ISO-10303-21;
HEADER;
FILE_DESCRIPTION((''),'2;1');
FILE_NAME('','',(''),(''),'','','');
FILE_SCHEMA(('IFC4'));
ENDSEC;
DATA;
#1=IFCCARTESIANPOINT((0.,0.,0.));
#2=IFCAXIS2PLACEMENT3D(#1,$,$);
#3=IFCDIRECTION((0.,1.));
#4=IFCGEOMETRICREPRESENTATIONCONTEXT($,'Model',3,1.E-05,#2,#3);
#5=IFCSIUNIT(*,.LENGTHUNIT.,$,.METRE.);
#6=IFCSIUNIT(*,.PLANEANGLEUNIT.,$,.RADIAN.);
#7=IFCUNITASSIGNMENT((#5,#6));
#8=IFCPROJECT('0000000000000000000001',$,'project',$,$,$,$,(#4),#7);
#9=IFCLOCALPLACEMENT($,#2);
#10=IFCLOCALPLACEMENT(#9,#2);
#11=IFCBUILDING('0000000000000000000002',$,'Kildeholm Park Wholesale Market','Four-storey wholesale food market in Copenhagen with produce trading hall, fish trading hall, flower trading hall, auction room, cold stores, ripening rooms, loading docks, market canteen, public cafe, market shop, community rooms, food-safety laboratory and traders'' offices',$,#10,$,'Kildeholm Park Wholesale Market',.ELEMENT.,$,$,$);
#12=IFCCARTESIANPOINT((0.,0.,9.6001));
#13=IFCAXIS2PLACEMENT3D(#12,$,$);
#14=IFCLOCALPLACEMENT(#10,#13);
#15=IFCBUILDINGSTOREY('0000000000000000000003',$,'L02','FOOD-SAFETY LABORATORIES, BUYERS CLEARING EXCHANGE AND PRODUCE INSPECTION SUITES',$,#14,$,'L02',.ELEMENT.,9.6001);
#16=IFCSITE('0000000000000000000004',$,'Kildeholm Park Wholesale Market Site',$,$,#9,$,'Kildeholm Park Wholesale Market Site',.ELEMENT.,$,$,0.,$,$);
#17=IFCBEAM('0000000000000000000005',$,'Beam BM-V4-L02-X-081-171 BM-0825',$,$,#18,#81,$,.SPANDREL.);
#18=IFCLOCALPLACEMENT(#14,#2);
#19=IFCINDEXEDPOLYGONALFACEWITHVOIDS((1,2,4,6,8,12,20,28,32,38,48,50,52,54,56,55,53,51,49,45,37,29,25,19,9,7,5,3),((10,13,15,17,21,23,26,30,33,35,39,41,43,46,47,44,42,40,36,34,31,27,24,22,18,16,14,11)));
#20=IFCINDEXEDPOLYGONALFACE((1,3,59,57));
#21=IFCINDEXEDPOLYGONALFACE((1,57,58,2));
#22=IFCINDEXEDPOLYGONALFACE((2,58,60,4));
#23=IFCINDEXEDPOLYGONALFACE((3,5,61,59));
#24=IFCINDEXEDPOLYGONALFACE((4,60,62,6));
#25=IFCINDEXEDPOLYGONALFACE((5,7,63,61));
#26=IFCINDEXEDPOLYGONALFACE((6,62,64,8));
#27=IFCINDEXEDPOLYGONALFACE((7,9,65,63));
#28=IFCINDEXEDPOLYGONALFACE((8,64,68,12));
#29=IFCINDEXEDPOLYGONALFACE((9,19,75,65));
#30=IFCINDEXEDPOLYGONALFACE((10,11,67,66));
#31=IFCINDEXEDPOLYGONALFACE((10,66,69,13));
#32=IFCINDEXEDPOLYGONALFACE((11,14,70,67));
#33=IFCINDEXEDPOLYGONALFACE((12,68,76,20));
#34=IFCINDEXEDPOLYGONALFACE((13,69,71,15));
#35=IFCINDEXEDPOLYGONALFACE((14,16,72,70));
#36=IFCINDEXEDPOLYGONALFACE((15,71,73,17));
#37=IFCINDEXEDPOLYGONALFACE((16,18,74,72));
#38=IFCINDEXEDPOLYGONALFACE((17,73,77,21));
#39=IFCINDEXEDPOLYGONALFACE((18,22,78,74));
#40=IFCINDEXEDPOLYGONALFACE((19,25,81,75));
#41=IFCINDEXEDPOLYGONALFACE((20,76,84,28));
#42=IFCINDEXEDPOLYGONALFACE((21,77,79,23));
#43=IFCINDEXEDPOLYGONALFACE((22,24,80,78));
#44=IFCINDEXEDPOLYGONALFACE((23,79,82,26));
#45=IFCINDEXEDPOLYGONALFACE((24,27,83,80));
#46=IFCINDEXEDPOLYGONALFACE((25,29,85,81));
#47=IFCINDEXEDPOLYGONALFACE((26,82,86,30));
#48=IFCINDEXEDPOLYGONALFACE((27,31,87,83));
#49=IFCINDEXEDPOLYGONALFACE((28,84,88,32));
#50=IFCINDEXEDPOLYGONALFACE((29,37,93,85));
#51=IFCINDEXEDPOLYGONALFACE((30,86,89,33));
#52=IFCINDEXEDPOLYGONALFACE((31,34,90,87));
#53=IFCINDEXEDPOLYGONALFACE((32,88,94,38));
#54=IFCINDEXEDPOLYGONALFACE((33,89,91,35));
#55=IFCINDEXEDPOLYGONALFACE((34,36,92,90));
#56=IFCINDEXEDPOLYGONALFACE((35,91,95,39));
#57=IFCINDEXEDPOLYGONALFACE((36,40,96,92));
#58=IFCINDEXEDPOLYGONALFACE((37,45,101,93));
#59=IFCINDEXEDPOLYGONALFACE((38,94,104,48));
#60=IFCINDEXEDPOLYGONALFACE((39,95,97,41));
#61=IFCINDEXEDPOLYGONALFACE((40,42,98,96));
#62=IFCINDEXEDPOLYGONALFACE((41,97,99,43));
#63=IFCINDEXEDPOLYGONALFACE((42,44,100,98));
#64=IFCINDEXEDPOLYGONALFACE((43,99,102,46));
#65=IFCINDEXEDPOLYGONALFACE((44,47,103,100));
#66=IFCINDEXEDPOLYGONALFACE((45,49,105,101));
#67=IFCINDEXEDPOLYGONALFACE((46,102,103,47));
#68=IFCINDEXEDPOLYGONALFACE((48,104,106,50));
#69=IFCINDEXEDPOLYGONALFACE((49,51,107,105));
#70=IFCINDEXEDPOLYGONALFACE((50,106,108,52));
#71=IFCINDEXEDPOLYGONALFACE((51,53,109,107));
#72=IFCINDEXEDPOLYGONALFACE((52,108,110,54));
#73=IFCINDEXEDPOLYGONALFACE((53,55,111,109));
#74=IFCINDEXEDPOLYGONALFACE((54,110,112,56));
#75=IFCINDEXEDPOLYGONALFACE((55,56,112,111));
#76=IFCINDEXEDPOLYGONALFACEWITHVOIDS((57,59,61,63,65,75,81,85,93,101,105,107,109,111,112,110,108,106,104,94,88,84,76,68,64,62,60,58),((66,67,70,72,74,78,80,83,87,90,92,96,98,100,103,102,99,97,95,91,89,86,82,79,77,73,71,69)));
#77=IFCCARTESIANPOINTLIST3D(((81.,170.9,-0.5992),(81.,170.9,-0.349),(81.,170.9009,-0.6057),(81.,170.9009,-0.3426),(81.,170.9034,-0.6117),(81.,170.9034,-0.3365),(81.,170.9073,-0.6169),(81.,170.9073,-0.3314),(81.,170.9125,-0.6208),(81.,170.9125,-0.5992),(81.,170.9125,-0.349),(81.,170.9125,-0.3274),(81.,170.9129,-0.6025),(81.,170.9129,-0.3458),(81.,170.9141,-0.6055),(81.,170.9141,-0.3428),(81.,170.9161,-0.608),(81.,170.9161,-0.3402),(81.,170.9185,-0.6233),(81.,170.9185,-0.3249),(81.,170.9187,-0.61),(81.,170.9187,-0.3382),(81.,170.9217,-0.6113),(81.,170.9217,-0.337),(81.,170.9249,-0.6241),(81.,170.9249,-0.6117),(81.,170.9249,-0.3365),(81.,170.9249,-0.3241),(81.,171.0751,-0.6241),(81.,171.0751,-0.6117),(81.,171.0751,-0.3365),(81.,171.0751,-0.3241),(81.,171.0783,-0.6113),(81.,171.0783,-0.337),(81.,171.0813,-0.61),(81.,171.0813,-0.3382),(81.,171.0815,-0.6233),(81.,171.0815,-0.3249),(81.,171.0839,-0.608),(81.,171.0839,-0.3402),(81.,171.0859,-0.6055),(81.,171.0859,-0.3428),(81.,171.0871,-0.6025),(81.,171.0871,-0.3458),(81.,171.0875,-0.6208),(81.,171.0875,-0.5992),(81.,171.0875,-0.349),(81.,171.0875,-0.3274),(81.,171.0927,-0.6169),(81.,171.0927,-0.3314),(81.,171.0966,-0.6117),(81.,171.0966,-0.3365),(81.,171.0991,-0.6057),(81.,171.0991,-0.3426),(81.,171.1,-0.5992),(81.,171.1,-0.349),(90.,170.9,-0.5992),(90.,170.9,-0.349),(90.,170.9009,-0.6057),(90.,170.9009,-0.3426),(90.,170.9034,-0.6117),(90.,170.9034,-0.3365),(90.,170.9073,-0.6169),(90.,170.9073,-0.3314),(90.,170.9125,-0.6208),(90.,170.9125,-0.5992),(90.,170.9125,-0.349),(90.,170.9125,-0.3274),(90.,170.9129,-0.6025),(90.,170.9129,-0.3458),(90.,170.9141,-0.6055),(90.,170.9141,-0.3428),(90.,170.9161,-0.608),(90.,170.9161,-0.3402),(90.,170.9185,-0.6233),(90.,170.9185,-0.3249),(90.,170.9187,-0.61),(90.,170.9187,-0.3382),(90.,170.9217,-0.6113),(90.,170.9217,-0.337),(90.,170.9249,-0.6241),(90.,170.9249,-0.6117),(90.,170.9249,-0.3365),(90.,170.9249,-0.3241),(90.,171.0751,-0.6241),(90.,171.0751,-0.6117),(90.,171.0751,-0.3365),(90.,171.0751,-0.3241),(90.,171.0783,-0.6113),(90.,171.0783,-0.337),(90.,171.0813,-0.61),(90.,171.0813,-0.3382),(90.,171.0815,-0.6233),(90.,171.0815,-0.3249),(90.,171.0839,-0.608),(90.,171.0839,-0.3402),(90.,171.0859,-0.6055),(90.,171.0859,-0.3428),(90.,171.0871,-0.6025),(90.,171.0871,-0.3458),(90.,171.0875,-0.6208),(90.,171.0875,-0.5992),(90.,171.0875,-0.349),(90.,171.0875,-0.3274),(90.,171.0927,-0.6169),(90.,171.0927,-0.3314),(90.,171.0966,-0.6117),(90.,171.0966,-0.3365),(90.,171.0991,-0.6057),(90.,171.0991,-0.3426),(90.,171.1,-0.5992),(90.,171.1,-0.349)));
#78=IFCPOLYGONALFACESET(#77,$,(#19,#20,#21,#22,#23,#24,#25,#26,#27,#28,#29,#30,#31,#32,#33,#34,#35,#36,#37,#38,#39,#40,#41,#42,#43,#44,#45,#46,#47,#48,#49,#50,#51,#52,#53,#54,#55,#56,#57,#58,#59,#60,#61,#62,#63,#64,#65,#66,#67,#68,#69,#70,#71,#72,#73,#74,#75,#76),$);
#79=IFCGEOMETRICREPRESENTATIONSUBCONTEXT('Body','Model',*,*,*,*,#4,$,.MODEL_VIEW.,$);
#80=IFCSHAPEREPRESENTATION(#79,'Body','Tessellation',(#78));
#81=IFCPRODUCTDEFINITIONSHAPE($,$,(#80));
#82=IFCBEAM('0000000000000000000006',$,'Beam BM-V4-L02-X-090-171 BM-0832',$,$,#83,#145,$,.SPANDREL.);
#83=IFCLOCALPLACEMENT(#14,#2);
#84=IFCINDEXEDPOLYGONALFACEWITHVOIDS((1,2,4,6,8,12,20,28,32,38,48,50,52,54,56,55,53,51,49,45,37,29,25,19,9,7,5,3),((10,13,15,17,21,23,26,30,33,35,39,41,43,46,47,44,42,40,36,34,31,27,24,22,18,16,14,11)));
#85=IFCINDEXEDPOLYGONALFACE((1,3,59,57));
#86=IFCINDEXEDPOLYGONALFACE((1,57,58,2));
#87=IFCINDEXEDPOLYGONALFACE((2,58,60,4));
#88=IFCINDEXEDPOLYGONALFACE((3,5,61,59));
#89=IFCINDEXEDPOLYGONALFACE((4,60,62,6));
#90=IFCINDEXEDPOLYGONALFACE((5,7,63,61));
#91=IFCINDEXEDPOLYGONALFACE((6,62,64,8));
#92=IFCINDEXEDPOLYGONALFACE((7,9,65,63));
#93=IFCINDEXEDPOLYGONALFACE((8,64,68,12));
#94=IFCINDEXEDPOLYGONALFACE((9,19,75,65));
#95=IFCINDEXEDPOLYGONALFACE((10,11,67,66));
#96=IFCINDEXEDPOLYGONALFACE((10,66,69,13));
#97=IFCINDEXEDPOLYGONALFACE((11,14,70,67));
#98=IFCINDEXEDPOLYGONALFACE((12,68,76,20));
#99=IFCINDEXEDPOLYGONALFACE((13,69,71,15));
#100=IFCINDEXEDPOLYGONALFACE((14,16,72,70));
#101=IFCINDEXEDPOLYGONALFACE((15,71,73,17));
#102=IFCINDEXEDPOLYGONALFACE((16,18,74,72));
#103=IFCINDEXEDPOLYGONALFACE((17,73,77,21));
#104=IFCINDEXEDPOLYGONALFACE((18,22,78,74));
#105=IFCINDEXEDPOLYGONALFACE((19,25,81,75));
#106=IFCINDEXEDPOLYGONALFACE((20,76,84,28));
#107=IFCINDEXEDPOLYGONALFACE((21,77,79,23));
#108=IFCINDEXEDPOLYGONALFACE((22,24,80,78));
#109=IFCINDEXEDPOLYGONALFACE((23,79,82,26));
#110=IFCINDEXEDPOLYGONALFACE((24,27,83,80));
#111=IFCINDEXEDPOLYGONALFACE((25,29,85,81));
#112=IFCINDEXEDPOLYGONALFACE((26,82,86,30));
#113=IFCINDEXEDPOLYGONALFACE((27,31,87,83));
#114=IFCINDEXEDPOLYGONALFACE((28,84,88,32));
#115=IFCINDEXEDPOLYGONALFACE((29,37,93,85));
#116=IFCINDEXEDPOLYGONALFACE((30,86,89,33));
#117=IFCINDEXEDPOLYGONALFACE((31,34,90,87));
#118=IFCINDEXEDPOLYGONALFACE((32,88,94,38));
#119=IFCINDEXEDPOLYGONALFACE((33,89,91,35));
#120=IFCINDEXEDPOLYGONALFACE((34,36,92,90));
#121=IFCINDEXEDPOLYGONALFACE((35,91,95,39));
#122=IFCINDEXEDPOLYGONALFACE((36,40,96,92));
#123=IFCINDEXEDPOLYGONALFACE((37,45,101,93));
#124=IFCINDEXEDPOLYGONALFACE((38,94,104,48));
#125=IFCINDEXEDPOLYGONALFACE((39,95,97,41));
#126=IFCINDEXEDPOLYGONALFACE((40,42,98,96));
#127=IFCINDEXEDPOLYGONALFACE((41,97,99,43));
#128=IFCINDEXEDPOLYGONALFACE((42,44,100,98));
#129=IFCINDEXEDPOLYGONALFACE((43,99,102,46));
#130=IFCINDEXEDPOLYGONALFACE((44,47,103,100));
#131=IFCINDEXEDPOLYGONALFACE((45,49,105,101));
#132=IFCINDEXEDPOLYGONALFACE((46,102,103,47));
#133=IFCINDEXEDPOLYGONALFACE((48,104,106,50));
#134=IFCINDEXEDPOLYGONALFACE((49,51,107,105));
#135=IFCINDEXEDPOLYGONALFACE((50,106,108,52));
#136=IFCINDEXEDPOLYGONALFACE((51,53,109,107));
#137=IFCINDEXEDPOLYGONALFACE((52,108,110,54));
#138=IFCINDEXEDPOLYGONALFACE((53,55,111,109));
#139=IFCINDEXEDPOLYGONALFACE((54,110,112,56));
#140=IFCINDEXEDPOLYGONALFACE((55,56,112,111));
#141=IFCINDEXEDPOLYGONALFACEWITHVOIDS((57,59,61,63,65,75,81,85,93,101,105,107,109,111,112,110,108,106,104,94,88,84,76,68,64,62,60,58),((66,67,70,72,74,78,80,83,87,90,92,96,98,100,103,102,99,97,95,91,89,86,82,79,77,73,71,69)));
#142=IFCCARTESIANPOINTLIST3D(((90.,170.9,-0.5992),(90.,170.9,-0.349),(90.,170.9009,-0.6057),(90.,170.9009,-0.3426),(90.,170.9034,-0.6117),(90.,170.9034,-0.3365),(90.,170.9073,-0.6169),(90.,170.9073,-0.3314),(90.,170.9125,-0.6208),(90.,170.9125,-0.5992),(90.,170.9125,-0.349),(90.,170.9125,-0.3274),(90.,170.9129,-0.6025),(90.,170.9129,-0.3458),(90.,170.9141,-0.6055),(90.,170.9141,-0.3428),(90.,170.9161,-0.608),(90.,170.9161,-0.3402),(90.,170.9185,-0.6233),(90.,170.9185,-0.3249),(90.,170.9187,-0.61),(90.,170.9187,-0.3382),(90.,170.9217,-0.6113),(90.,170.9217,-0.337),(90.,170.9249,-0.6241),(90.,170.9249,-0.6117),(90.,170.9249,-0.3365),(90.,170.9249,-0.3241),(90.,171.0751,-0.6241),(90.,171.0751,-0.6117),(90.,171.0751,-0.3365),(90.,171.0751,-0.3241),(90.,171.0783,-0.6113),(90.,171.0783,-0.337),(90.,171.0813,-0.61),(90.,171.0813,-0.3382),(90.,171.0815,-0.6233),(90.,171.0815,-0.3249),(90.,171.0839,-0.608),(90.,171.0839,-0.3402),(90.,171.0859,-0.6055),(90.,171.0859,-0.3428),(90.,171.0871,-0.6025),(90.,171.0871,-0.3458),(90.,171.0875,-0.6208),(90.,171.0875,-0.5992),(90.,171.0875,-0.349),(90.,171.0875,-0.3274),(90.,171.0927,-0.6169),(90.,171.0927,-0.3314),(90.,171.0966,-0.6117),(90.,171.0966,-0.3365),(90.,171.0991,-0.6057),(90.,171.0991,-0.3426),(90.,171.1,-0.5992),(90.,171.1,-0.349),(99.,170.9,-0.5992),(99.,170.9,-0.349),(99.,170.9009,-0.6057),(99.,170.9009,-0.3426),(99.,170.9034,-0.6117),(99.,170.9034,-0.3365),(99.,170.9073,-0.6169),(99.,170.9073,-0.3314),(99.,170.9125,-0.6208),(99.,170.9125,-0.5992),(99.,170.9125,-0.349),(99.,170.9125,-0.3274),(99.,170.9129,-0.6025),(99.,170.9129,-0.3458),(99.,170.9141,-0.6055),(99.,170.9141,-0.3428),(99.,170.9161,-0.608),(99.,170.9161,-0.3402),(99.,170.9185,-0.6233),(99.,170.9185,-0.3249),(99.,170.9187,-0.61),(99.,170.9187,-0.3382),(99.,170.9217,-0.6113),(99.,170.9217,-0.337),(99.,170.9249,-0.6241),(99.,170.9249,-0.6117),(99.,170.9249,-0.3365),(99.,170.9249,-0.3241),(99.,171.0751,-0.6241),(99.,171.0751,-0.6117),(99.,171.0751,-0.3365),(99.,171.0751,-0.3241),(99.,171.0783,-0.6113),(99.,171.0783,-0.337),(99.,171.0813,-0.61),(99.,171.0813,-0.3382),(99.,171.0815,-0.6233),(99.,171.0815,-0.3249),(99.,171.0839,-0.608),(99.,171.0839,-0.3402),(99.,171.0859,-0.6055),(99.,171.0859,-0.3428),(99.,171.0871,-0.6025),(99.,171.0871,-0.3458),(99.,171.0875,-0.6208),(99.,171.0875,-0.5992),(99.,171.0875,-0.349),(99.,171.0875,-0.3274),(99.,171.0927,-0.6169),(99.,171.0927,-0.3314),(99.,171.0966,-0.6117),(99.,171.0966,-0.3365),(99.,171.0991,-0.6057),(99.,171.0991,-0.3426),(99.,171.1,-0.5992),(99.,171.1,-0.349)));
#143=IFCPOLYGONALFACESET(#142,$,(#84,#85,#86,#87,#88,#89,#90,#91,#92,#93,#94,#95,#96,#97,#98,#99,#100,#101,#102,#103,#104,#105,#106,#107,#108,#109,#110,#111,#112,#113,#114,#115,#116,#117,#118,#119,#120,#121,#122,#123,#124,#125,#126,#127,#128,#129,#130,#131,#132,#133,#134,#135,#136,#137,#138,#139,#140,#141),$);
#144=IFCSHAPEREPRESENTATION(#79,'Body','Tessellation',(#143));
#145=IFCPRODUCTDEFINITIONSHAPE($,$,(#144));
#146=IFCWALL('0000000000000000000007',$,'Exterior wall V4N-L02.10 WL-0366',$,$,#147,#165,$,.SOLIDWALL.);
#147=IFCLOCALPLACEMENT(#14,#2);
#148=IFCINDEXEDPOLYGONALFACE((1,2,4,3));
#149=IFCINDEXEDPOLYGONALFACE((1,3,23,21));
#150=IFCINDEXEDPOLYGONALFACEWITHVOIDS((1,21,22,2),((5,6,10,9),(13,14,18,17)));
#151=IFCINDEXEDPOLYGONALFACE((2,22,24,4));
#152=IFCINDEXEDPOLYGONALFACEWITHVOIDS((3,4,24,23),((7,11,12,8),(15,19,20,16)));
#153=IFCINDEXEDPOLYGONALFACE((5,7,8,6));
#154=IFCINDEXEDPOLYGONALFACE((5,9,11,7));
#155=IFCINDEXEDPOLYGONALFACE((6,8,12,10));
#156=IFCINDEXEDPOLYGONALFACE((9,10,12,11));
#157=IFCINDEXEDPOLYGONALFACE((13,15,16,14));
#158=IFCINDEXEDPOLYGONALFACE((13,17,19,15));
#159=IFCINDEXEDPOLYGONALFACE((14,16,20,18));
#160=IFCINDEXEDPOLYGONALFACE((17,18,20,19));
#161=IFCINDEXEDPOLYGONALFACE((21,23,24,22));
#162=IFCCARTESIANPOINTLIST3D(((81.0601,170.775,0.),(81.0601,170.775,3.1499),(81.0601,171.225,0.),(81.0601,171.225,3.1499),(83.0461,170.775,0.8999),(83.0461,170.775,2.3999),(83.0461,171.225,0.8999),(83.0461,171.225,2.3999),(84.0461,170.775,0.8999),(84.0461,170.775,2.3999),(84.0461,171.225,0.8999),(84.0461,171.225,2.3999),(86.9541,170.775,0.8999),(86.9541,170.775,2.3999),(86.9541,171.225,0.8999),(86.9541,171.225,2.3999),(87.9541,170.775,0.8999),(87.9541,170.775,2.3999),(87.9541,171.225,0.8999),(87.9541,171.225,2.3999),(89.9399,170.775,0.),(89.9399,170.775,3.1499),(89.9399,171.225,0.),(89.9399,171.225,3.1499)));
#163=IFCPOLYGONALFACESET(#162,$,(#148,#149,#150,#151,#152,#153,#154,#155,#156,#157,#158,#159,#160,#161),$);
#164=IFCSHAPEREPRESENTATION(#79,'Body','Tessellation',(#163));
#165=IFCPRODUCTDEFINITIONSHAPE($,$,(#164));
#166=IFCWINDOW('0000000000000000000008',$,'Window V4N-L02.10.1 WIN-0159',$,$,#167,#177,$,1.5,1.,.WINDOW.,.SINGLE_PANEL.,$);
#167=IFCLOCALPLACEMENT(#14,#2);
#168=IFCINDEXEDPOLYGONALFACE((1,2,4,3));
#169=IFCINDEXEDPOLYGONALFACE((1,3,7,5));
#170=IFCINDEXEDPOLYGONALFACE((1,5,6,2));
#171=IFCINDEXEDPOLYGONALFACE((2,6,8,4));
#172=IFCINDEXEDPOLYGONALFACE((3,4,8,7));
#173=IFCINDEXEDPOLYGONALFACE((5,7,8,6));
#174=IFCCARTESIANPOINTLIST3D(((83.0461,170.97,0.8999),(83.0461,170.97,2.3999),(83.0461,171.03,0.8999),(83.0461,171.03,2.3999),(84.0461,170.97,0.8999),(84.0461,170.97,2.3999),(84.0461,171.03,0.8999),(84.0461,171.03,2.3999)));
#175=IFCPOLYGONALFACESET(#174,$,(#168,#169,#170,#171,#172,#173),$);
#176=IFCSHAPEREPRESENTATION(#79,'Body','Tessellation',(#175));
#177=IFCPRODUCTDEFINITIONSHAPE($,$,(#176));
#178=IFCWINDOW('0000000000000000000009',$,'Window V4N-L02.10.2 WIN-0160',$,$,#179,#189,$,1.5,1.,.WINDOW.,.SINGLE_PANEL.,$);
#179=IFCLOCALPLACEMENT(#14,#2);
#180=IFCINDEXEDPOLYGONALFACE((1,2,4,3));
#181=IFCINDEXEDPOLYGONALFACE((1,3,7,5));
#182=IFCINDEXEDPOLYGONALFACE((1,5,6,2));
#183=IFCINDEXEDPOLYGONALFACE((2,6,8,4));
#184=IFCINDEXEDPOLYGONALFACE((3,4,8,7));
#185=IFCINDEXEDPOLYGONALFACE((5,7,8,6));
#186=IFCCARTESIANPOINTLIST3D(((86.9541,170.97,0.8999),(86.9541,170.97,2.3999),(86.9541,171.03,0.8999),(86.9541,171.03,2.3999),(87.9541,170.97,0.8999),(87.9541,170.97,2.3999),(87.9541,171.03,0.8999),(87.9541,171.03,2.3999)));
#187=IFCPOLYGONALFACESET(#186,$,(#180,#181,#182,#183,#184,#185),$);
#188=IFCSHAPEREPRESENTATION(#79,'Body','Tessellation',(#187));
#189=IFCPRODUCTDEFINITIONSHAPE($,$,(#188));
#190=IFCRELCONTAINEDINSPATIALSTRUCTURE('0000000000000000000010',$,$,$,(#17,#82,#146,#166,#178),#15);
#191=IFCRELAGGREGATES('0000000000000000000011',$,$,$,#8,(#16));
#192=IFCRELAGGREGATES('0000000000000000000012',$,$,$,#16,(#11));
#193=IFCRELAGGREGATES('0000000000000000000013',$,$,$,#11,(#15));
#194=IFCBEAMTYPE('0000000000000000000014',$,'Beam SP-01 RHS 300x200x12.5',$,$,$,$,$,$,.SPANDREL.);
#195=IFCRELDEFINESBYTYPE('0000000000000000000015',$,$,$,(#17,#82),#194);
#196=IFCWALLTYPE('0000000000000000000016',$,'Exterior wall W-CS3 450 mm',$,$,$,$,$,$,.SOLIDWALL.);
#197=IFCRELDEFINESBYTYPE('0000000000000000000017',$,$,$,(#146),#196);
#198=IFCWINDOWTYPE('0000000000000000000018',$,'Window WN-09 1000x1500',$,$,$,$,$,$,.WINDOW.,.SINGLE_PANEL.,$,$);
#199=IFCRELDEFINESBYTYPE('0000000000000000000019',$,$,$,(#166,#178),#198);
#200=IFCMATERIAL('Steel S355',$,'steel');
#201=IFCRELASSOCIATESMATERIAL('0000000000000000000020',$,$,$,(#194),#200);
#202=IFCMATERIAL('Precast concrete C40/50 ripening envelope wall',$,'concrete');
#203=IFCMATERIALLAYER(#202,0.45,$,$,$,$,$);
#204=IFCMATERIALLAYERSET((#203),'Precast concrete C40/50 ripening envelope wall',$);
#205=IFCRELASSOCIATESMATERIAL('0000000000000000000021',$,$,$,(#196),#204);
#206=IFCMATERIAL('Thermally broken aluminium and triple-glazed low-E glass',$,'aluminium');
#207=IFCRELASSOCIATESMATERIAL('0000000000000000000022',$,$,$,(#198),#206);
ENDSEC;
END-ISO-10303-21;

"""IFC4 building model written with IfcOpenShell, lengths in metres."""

from ifc_helpers import new_model, si_unit, direction, frame, frame_2d, origin, origin_2d, place, context, subcontext, project, spatial, rectangle, hollow_rectangle, extrude, material, layer, layer_set, material_profile, profile_set, type_object, element, fill, save


model = new_model("IFC4")

# Units and contexts
model_context = context("Model", 3, precision=1e-05, world=origin(), true_north=direction((0.0, 1.0)))
body_context = subcontext(model_context, "Body", "Model", "MODEL_VIEW")
ifc_project = project(units=[si_unit("LENGTHUNIT", "METRE"), si_unit("PLANEANGLEUNIT", "RADIAN")], contexts=[model_context])

# Site, building, storey
site_placement = place(None, origin())
site = spatial("IfcSite", under=ifc_project, at=site_placement, Name="Kildeholm Park Wholesale Market Site", LongName="Kildeholm Park Wholesale Market Site", CompositionType="ELEMENT", RefElevation=0.0)
building_placement = place(site_placement, origin())
building = spatial("IfcBuilding", under=site, at=building_placement, Name="Kildeholm Park Wholesale Market", Description="Four-storey wholesale food market in Copenhagen with produce trading hall, fish trading hall, flower trading hall, auction room, cold stores, ripening rooms, loading docks, market canteen, public cafe, market shop, community rooms, food-safety laboratory and traders' offices", LongName="Kildeholm Park Wholesale Market", CompositionType="ELEMENT")
storey_placement = place(building_placement, frame((0.0, 0.0, 9.6001)))
storey = spatial("IfcBuildingStorey", under=building, at=storey_placement, Name="L02", Description="FOOD-SAFETY LABORATORIES, BUYERS CLEARING EXCHANGE AND PRODUCE INSPECTION SUITES", LongName="L02", CompositionType="ELEMENT", Elevation=9.6001)

# Beams
ifc_material_1 = material(Name="Steel S355", Category="steel")
ifc_material_profile_1 = material_profile(ifc_material_1, hollow_rectangle(XDim=0.2, YDim=0.3, WallThickness=0.0125, InnerFilletRadius=0.0125, OuterFilletRadius=0.0249, at=origin_2d()), Name="RHS 300x200x12.5")
ifc_profile_set_1 = profile_set([ifc_material_profile_1], Name="Steel S355")
beam_type_1 = type_object("IfcBeamType", Name="Beam SP-01 RHS 300x200x12.5", PredefinedType="SPANDREL", material=ifc_profile_set_1)
for number, where, z_axis, x_axis, name in (
    (1, (81.0, 171.0, -0.4741), (1.0, 0.0, 0.0), (0.0, 1.0, 0.0), "Beam BM-V4-L02-X-081-171 BM-0825"),
    (2, (90.0, 171.0, -0.4741), (1.0, 0.0, 0.0), (0.0, 1.0, 0.0), "Beam BM-V4-L02-X-090-171 BM-0832"),
):
    element("IfcBeam", number, at=place(storey_placement, frame(where, z_axis=z_axis, x_axis=x_axis)), inside=storey, type_object=beam_type_1, Name=name, PredefinedType="SPANDREL", context=body_context, shape_type="SweptSolid", body=[
        extrude(hollow_rectangle(XDim=0.2, YDim=0.3, WallThickness=0.0125, InnerFilletRadius=0.0125, OuterFilletRadius=0.0249, at=origin_2d()), origin(), (0.0, 0.0, 1.0), 9.0),
    ])

# Wall, openings, windows
ifc_material_2 = material(Name="Precast concrete C40/50 ripening envelope wall", Category="concrete")
ifc_layer_1 = layer(ifc_material_2, 0.45)
ifc_layer_set_1 = layer_set([ifc_layer_1], Name="Precast concrete C40/50 ripening envelope wall")
wall_type_1 = type_object("IfcWallType", Name="Exterior wall W-CS3 450 mm", PredefinedType="SOLIDWALL", material=ifc_layer_set_1)
wall_1_placement = place(storey_placement, frame((81.0601, 171.0, 0.0), z_axis=(0.0, 0.0, 1.0), x_axis=(1.0, 0.0, 0.0)))
wall_1 = element("IfcWall", 3, at=wall_1_placement, inside=storey, type_object=wall_type_1, Name="Exterior wall V4N-L02.10 WL-0366", PredefinedType="SOLIDWALL", context=body_context, shape_type="SweptSolid", body=[
    extrude(rectangle(XDim=8.8799, YDim=0.45, at=frame_2d((4.4399, 0.0))), origin(), (0.0, 0.0, 1.0), 3.1499),
])
opening_1_placement = place(wall_1_placement, frame((1.9861, 0.0, 0.8999)))
opening_1 = element("IfcOpeningElement", 4, at=opening_1_placement, cuts=wall_1, PredefinedType="OPENING", context=body_context, shape_type="SweptSolid", body=[
    extrude(rectangle(XDim=1.0, YDim=1.5, at=frame_2d((0.5, 0.75))), frame((0.0, 0.2349, 0.0), z_axis=(0.0, -1.0, 0.0), x_axis=(1.0, 0.0, 0.0)), (0.0, 0.0, 1.0), 0.47),
])
opening_2_placement = place(wall_1_placement, frame((5.894, 0.0, 0.8999)))
opening_2 = element("IfcOpeningElement", 5, at=opening_2_placement, cuts=wall_1, PredefinedType="OPENING", context=body_context, shape_type="SweptSolid", body=[
    extrude(rectangle(XDim=1.0, YDim=1.5, at=frame_2d((0.5, 0.75))), frame((0.0, 0.2349, 0.0), z_axis=(0.0, -1.0, 0.0), x_axis=(1.0, 0.0, 0.0)), (0.0, 0.0, 1.0), 0.47),
])
ifc_material_3 = material(Name="Thermally broken aluminium and triple-glazed low-E glass", Category="aluminium")
window_type_1 = type_object("IfcWindowType", Name="Window WN-09 1000x1500", PartitioningType="SINGLE_PANEL", PredefinedType="WINDOW", material=ifc_material_3)
window_1_placement = place(opening_1_placement, origin())
window_1 = element("IfcWindow", 6, at=window_1_placement, inside=storey, type_object=window_type_1, Name="Window V4N-L02.10.1 WIN-0159", OverallHeight=1.5, OverallWidth=1.0, PartitioningType="SINGLE_PANEL", PredefinedType="WINDOW", context=body_context, shape_type="SweptSolid", body=[
    extrude(rectangle(XDim=1.0, YDim=1.5, at=frame_2d((0.5, 0.75))), frame((0.0, 0.03, 0.0), z_axis=(0.0, -1.0, 0.0), x_axis=(1.0, 0.0, 0.0)), (0.0, 0.0, 1.0), 0.0601),
])
fill(opening_1, window_1)
window_2_placement = place(opening_2_placement, origin())
window_2 = element("IfcWindow", 7, at=window_2_placement, inside=storey, type_object=window_type_1, Name="Window V4N-L02.10.2 WIN-0160", OverallHeight=1.5, OverallWidth=1.0, PartitioningType="SINGLE_PANEL", PredefinedType="WINDOW", context=body_context, shape_type="SweptSolid", body=[
    extrude(rectangle(XDim=1.0, YDim=1.5, at=frame_2d((0.5, 0.75))), frame((0.0, 0.03, 0.0), z_axis=(0.0, -1.0, 0.0), x_axis=(1.0, 0.0, 0.0)), (0.0, 0.0, 1.0), 0.0601),
])
fill(opening_2, window_2)

save(model, "model.ifc")
